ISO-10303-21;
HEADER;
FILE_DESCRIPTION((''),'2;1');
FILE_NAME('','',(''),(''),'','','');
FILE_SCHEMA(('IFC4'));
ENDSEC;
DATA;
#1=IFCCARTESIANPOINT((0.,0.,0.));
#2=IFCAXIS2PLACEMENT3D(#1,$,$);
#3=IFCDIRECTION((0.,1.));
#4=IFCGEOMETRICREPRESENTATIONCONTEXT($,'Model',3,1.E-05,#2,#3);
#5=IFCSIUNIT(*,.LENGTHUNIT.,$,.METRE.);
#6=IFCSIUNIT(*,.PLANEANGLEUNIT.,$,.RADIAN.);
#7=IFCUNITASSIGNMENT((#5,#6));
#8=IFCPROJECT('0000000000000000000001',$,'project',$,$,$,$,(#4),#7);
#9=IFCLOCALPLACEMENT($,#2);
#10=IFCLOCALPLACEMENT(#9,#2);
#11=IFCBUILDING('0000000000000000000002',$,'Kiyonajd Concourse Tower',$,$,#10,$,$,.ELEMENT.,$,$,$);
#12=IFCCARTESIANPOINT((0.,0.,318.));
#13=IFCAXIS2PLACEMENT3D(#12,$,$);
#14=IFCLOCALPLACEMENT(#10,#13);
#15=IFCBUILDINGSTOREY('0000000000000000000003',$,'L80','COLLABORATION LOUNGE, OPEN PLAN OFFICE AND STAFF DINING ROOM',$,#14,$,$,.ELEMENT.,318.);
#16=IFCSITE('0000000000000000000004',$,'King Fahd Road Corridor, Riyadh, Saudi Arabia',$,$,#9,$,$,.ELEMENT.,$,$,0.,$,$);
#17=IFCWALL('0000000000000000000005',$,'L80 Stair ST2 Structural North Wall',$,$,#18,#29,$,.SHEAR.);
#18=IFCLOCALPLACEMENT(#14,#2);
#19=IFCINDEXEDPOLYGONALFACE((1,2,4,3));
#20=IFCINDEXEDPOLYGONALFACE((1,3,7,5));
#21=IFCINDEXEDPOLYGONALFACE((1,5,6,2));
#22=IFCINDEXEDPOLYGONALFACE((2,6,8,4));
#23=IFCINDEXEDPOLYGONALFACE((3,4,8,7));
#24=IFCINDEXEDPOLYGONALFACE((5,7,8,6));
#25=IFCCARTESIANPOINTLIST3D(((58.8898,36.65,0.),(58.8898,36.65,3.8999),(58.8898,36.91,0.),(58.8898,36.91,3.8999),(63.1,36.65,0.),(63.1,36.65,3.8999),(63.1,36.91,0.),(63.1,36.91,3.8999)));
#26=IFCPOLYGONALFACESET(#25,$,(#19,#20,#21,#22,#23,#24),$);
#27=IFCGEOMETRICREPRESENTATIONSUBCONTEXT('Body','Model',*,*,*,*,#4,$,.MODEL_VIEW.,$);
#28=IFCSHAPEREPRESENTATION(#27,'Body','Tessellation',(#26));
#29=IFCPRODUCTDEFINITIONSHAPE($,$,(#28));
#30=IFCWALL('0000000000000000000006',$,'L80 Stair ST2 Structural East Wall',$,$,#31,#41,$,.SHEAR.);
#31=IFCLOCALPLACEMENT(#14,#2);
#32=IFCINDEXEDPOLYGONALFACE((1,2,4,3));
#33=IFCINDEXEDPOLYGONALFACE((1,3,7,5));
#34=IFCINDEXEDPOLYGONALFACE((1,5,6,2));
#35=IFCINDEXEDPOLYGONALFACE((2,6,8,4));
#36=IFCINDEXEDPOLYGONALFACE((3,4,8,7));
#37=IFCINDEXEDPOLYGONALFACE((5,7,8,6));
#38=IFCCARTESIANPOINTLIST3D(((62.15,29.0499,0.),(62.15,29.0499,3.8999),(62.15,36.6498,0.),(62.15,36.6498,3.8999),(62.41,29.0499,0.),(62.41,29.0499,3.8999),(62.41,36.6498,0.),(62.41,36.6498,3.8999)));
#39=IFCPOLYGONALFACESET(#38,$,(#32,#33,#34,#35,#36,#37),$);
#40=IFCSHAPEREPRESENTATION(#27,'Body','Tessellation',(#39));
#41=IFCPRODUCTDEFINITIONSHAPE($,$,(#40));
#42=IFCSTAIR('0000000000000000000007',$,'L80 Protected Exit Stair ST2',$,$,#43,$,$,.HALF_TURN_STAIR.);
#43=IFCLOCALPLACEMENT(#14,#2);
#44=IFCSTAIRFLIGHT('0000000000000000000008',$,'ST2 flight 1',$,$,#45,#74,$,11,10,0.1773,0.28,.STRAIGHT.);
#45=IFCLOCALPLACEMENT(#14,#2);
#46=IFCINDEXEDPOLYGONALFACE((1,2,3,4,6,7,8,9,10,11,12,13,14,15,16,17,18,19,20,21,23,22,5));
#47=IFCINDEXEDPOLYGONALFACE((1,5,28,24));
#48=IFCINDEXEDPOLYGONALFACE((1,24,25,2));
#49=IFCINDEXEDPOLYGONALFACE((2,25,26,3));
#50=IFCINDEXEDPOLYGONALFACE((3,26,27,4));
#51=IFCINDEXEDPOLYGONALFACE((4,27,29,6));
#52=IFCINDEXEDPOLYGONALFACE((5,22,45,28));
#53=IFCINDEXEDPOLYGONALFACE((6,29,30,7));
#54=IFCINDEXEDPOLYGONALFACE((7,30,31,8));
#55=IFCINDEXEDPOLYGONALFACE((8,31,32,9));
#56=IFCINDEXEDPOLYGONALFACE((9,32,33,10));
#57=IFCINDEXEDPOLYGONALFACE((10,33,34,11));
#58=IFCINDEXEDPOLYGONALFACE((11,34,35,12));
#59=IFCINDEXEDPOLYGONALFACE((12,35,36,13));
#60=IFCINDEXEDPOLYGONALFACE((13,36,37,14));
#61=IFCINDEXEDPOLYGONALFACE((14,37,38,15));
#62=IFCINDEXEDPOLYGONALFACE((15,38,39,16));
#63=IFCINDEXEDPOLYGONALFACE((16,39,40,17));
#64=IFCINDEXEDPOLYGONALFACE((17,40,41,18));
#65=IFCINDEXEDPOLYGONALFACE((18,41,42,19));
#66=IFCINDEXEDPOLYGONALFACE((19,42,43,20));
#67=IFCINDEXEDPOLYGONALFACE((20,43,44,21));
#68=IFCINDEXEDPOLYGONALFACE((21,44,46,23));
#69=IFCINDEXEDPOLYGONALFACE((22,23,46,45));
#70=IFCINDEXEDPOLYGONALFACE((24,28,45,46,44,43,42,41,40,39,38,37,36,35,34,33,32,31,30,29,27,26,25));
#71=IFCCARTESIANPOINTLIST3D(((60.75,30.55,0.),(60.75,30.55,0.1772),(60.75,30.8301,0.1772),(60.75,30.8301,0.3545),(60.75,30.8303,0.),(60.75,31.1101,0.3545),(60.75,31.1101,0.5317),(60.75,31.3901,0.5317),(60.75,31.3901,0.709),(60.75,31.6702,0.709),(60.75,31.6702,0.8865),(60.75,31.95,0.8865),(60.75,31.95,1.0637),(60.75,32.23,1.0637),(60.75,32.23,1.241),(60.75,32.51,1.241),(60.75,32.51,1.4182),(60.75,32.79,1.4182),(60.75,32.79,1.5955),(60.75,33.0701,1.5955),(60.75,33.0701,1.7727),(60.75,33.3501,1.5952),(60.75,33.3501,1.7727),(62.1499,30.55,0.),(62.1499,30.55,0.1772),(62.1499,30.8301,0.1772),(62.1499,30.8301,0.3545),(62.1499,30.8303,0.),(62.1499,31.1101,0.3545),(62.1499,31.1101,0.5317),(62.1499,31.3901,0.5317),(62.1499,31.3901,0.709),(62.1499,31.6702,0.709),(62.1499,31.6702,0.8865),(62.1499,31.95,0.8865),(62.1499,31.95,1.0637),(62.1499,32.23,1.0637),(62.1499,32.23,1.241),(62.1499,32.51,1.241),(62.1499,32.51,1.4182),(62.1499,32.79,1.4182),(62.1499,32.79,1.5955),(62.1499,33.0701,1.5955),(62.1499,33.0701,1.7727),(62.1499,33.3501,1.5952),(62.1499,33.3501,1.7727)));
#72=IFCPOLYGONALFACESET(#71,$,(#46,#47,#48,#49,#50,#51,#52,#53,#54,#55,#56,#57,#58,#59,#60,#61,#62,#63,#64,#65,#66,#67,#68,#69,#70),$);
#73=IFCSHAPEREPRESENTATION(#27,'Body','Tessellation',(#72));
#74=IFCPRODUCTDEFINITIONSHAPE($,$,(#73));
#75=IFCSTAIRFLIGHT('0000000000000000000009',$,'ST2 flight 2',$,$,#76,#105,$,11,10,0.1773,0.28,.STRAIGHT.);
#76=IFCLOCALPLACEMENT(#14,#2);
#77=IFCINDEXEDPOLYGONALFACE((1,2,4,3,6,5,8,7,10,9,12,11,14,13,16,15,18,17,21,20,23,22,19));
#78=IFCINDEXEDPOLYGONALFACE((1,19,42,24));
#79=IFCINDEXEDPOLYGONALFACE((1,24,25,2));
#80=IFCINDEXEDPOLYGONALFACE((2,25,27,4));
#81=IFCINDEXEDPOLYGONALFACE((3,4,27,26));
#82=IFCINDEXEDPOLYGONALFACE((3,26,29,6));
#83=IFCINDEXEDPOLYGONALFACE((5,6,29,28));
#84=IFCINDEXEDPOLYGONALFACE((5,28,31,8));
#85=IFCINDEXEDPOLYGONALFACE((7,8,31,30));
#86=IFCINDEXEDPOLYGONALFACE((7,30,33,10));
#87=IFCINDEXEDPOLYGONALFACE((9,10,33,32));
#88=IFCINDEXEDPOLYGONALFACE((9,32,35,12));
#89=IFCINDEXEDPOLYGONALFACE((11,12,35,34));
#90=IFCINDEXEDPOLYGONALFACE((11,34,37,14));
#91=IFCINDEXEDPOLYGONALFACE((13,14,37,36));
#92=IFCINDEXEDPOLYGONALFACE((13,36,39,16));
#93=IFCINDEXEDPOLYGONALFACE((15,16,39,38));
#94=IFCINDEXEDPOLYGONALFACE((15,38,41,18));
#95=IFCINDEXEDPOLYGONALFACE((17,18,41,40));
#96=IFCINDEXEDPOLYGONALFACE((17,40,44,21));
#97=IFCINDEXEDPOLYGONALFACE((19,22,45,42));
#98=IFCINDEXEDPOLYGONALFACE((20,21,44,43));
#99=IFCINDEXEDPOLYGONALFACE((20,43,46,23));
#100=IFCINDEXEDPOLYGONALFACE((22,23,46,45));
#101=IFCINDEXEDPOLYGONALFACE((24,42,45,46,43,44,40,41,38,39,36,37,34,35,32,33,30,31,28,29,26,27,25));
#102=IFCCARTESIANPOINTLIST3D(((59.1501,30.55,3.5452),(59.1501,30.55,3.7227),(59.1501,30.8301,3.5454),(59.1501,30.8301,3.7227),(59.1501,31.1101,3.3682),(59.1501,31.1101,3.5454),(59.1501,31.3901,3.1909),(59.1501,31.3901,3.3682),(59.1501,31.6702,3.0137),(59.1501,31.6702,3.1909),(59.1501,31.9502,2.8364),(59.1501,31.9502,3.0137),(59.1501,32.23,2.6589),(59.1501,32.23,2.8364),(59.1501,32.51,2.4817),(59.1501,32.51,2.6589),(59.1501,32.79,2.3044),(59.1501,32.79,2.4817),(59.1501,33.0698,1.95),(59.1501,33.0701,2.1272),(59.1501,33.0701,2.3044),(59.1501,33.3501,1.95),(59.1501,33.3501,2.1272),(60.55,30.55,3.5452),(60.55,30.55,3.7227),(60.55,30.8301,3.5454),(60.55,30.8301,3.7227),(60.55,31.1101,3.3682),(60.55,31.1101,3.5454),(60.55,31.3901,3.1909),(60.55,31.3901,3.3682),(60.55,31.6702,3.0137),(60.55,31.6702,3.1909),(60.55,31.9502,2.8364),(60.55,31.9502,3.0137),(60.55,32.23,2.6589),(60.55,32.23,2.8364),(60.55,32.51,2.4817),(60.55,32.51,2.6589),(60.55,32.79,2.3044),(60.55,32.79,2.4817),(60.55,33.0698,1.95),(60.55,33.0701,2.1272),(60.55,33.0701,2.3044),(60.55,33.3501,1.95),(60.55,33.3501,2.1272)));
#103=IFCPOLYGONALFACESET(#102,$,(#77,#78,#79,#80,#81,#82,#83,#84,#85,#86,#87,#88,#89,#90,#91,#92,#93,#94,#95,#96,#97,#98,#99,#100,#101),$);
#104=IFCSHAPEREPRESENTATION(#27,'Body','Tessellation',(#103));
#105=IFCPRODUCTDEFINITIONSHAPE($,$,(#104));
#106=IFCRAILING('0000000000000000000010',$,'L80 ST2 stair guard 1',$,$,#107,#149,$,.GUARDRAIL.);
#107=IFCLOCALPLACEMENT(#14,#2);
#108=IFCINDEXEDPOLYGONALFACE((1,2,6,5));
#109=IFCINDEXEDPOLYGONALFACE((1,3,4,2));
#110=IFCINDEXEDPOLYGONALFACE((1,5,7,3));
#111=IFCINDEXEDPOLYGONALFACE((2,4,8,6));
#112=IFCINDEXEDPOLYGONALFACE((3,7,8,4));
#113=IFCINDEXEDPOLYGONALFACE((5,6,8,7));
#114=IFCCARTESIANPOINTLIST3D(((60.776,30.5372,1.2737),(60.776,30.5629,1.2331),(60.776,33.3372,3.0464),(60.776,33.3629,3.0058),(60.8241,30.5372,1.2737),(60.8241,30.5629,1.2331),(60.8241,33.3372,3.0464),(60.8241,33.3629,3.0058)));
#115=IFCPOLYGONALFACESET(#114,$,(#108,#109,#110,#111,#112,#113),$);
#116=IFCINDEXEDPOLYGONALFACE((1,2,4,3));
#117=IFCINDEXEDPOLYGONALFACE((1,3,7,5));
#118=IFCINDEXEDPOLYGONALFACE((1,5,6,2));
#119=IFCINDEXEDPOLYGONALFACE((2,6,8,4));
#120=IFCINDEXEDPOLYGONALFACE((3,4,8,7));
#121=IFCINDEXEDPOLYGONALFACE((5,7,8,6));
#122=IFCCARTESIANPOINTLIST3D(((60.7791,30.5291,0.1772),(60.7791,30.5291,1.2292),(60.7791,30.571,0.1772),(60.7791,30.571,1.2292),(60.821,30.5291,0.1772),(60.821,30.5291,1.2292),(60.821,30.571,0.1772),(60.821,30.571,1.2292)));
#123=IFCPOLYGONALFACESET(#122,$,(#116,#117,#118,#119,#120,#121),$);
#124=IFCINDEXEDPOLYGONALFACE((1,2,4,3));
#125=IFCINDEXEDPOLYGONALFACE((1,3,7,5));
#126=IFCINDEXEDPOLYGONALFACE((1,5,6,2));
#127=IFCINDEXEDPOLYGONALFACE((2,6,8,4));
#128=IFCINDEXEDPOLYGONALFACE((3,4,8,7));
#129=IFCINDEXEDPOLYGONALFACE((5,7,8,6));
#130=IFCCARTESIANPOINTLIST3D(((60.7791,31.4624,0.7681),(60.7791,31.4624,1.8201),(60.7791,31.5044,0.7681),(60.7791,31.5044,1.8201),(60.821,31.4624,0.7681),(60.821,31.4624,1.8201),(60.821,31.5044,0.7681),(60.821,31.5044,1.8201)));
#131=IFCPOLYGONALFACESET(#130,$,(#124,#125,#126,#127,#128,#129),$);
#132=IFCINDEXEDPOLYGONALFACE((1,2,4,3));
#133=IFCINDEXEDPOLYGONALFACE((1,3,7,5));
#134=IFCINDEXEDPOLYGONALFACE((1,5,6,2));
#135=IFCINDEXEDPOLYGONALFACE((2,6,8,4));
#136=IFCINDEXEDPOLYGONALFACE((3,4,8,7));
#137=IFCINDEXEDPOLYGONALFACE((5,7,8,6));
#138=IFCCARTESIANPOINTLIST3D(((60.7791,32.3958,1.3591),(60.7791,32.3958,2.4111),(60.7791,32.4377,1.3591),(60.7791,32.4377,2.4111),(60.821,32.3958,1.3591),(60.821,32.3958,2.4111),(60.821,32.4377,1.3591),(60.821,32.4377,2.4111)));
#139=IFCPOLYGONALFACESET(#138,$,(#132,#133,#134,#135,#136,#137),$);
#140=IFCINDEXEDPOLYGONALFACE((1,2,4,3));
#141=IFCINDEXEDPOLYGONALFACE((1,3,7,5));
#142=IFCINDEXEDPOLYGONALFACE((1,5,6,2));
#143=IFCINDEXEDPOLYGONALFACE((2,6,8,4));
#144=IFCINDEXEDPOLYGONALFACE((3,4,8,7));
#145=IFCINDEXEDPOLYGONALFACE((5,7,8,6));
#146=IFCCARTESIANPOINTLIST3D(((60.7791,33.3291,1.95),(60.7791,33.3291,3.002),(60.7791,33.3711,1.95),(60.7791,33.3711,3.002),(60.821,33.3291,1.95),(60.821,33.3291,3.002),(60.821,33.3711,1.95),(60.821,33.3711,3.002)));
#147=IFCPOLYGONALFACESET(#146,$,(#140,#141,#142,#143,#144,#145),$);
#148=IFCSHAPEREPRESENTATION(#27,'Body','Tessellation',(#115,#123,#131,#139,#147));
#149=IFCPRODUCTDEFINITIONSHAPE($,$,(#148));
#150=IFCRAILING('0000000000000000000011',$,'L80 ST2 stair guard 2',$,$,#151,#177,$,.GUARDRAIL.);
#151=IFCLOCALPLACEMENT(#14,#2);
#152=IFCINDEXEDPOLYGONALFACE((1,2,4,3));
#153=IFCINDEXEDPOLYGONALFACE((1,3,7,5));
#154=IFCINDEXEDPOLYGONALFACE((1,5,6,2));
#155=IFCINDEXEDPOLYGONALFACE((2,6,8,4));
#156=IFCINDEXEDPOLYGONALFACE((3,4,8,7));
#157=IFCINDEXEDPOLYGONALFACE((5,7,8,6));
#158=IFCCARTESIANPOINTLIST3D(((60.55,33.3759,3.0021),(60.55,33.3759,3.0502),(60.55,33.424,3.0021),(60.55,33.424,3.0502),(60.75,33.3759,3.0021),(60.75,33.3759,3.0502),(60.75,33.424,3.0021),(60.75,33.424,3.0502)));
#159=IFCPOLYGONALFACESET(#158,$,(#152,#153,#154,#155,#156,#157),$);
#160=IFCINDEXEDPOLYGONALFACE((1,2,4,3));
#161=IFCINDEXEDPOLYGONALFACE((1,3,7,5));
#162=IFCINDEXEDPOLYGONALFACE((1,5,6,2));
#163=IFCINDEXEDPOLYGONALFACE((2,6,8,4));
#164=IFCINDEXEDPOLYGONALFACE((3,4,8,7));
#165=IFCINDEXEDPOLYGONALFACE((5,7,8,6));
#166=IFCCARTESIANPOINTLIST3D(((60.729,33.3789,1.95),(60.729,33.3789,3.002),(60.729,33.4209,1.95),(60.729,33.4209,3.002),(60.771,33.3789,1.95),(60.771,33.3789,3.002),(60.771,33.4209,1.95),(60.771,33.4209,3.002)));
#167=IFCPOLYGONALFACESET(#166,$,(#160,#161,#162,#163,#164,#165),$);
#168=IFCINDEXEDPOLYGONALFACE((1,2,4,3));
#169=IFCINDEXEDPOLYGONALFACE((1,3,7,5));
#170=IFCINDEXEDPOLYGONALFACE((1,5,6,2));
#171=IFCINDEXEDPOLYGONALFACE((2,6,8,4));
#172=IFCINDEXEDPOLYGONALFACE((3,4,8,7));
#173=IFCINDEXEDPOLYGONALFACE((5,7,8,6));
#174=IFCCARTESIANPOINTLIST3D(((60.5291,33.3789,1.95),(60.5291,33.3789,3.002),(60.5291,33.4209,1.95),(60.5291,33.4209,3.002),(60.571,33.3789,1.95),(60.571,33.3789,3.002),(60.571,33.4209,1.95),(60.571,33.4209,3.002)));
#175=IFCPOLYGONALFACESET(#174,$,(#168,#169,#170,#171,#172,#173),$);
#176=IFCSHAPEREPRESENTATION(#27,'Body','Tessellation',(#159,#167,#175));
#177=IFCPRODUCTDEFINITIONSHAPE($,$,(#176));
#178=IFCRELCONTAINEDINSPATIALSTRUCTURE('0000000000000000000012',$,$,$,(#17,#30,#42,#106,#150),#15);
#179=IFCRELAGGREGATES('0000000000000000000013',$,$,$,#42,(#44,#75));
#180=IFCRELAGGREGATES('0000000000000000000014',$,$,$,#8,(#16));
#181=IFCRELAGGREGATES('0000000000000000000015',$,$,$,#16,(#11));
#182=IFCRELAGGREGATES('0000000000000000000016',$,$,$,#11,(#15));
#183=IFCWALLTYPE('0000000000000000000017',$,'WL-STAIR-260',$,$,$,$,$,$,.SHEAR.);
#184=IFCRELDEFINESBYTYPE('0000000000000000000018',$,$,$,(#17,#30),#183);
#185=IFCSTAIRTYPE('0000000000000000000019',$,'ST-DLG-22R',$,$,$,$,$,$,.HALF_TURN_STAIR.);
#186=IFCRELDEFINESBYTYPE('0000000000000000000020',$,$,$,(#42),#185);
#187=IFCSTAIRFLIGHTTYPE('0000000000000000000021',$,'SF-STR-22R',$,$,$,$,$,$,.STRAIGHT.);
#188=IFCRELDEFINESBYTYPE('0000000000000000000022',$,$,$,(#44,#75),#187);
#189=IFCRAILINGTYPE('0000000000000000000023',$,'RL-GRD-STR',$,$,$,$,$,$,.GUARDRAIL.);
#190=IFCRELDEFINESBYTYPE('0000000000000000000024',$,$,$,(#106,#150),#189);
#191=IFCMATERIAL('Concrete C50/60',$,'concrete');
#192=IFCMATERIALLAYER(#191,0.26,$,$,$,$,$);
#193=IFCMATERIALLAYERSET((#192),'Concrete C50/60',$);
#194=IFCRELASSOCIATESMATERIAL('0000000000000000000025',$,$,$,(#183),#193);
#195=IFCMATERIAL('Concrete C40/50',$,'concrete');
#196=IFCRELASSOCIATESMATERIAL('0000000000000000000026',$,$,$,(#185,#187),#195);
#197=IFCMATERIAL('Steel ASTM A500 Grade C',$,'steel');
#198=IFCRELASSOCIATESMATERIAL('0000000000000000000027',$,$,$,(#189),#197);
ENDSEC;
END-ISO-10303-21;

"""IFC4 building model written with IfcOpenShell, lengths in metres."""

from ifc_helpers import new_model, si_unit, direction, frame, frame_2d, origin, origin_2d, place, context, subcontext, project, spatial, polyline, rectangle, outline, extrude, material, layer, layer_set, type_object, element, aggregate, save


model = new_model("IFC4")

# Units and contexts
model_context = context("Model", 3, precision=1e-05, world=origin(), true_north=direction((0.0, 1.0)))
body_context = subcontext(model_context, "Body", "Model", "MODEL_VIEW")
ifc_project = project(units=[si_unit("LENGTHUNIT", "METRE"), si_unit("PLANEANGLEUNIT", "RADIAN")], contexts=[model_context])

# Site, building, storey
site_placement = place(None, origin())
site = spatial("IfcSite", under=ifc_project, at=site_placement, Name="King Fahd Road Corridor, Riyadh, Saudi Arabia", CompositionType="ELEMENT", RefElevation=0.0)
building_placement = place(site_placement, origin())
building = spatial("IfcBuilding", under=site, at=building_placement, Name="Kiyonajd Concourse Tower", CompositionType="ELEMENT")
storey_placement = place(building_placement, frame((0.0, 0.0, 318.0)))
storey = spatial("IfcBuildingStorey", under=building, at=storey_placement, Name="L80", Description="COLLABORATION LOUNGE, OPEN PLAN OFFICE AND STAFF DINING ROOM", CompositionType="ELEMENT", Elevation=318.0)

# Shared definitions
ifc_material_1 = material(Name="Concrete C50/60", Category="concrete")

# Walls
ifc_layer_1 = layer(ifc_material_1, 0.26)
ifc_layer_set_1 = layer_set([ifc_layer_1], Name="Concrete C50/60")
wall_type_1 = type_object("IfcWallType", Name="WL-STAIR-260", PredefinedType="SHEAR", material=ifc_layer_set_1)
wall_1_placement = place(storey_placement, frame((58.8899, 36.78, 0.0), z_axis=(0.0, 0.0, 1.0), x_axis=(1.0, 0.0, 0.0)))
element("IfcWall", 1, at=wall_1_placement, inside=storey, type_object=wall_type_1, Name="L80 Stair ST2 Structural North Wall", PredefinedType="SHEAR", context=body_context, shape_type="SweptSolid", body=[
    extrude(rectangle(XDim=4.2102, YDim=0.26, at=frame_2d((2.105, 0.0))), origin(), (0.0, 0.0, 1.0), 3.8999),
])
wall_2_placement = place(storey_placement, frame((62.28, 29.05, 0.0), z_axis=(0.0, 0.0, 1.0), x_axis=(0.0, 1.0, 0.0)))
element("IfcWall", 2, at=wall_2_placement, inside=storey, type_object=wall_type_1, Name="L80 Stair ST2 Structural East Wall", PredefinedType="SHEAR", context=body_context, shape_type="SweptSolid", body=[
    extrude(rectangle(XDim=7.5999, YDim=0.26, at=frame_2d((3.7998, 0.0))), origin(), (0.0, 0.0, 1.0), 3.8999),
])

# Stair, stair flights
ifc_material_2 = material(Name="Concrete C40/50", Category="concrete")
stair_type = type_object("IfcStairType", Name="ST-DLG-22R", PredefinedType="HALF_TURN_STAIR", material=ifc_material_2)
stair_placement = place(storey_placement, origin())
stair = element("IfcStair", 3, at=stair_placement, inside=storey, type_object=stair_type, Name="L80 Protected Exit Stair ST2", PredefinedType="HALF_TURN_STAIR")
stair_flight_type = type_object("IfcStairFlightType", Name="SF-STR-22R", PredefinedType="STRAIGHT", material=ifc_material_2)
stair_flight_1_placement = place(storey_placement, frame((61.45, 30.55, 0.0), z_axis=(0.0, 0.0, 1.0), x_axis=(0.0, 1.0, 0.0)))
stair_flight_1 = element("IfcStairFlight", 4, at=stair_flight_1_placement, type_object=stair_flight_type, Name="ST2 flight 1", NumberOfRisers=11, NumberOfTreads=10, PredefinedType="STRAIGHT", RiserHeight=0.1773, TreadLength=0.28, context=body_context, shape_type="SweptSolid", body=[
    extrude(outline(polyline([(0.0, 0.0), (0.0, 0.1772), (0.28, 0.1772), (0.28, 0.3545), (0.5601, 0.3545), (0.5601, 0.5317), (0.8401, 0.5317), (0.8401, 0.709), (1.1201, 0.709), (1.1201, 0.8865), (1.3999, 0.8865), (1.3999, 1.0637), (1.6799, 1.0637), (1.6799, 1.241), (1.96, 1.241), (1.96, 1.4182), (2.24, 1.4182), (2.24, 1.5955), (2.52, 1.5955), (2.52, 1.7727), (2.8, 1.7727), (2.8, 1.95), (2.8, 1.5952), (0.2803, 0.0), (0.0, 0.0)])), frame((0.0, 0.7, 0.0), z_axis=(0.0, -1.0, 0.0), x_axis=(1.0, 0.0, 0.0)), (0.0, 0.0, 1.0), 1.3999),
])
stair_flight_2_placement = place(storey_placement, frame((59.8501, 33.3501, 1.95), z_axis=(0.0, 0.0, 1.0), x_axis=(0.0, -1.0, 0.0)))
stair_flight_2 = element("IfcStairFlight", 5, at=stair_flight_2_placement, type_object=stair_flight_type, Name="ST2 flight 2", NumberOfRisers=11, NumberOfTreads=10, PredefinedType="STRAIGHT", RiserHeight=0.1773, TreadLength=0.28, context=body_context, shape_type="SweptSolid", body=[
    extrude(outline(polyline([(0.0, 0.0), (0.0, 0.1772), (0.28, 0.1772), (0.28, 0.3545), (0.5601, 0.3545), (0.5601, 0.5317), (0.8401, 0.5317), (0.8401, 0.709), (1.1201, 0.709), (1.1201, 0.8865), (1.3999, 0.8865), (1.3999, 1.0637), (1.6799, 1.0637), (1.6799, 1.241), (1.96, 1.241), (1.96, 1.4182), (2.24, 1.4182), (2.24, 1.5955), (2.52, 1.5955), (2.52, 1.7727), (2.8, 1.7727), (2.8, 1.95), (2.8, 1.5952), (0.2803, 0.0), (0.0, 0.0)])), frame((0.0, 0.7, 0.0), z_axis=(0.0, -1.0, 0.0), x_axis=(1.0, 0.0, 0.0)), (0.0, 0.0, 1.0), 1.3999),
])
aggregate(stair, [stair_flight_1, stair_flight_2])

# Railings
ifc_material_3 = material(Name="Steel ASTM A500 Grade C", Category="steel")
railing_type_1 = type_object("IfcRailingType", Name="RL-GRD-STR", PredefinedType="GUARDRAIL", material=ifc_material_3)
railing_1_placement = place(storey_placement, frame((60.8, 30.55, 0.1772)))
element("IfcRailing", 6, at=railing_1_placement, inside=storey, type_object=railing_type_1, Name="L80 ST2 stair guard 1", PredefinedType="GUARDRAIL", context=body_context, shape_type="SweptSolid", body=[
    extrude(rectangle(XDim=0.0481, YDim=0.0481, at=origin_2d()), frame((0.0, 0.0, 1.0762), z_axis=(0.0, 0.844909, 0.53491), x_axis=(-1.0, 0.0, 0.0)), (0.0, 0.0, 1.0), 3.314),
    extrude(rectangle(XDim=0.042, YDim=0.042, at=origin_2d()), origin(), (0.0, 0.0, 1.0), 1.052),
    extrude(rectangle(XDim=0.042, YDim=0.042, at=origin_2d()), frame((0.0, 0.9333, 0.5908)), (0.0, 0.0, 1.0), 1.052),
    extrude(rectangle(XDim=0.042, YDim=0.042, at=origin_2d()), frame((0.0, 1.8667, 1.1819)), (0.0, 0.0, 1.0), 1.052),
    extrude(rectangle(XDim=0.042, YDim=0.042, at=origin_2d()), frame((0.0, 2.8, 1.7727)), (0.0, 0.0, 1.0), 1.052),
])
railing_2_placement = place(storey_placement, frame((60.75, 33.3999, 1.95)))
element("IfcRailing", 7, at=railing_2_placement, inside=storey, type_object=railing_type_1, Name="L80 ST2 stair guard 2", PredefinedType="GUARDRAIL", context=body_context, shape_type="SweptSolid", body=[
    extrude(rectangle(XDim=0.0481, YDim=0.0481, at=origin_2d()), frame((0.0, 0.0, 1.0762), z_axis=(-1.0, 0.0, 0.0), x_axis=(0.0, -1.0, 0.0)), (0.0, 0.0, 1.0), 0.2),
    extrude(rectangle(XDim=0.042, YDim=0.042, at=origin_2d()), origin(), (0.0, 0.0, 1.0), 1.052),
    extrude(rectangle(XDim=0.042, YDim=0.042, at=origin_2d()), frame((-0.2, 0.0, 0.0)), (0.0, 0.0, 1.0), 1.052),
])

save(model, "model.ifc")
